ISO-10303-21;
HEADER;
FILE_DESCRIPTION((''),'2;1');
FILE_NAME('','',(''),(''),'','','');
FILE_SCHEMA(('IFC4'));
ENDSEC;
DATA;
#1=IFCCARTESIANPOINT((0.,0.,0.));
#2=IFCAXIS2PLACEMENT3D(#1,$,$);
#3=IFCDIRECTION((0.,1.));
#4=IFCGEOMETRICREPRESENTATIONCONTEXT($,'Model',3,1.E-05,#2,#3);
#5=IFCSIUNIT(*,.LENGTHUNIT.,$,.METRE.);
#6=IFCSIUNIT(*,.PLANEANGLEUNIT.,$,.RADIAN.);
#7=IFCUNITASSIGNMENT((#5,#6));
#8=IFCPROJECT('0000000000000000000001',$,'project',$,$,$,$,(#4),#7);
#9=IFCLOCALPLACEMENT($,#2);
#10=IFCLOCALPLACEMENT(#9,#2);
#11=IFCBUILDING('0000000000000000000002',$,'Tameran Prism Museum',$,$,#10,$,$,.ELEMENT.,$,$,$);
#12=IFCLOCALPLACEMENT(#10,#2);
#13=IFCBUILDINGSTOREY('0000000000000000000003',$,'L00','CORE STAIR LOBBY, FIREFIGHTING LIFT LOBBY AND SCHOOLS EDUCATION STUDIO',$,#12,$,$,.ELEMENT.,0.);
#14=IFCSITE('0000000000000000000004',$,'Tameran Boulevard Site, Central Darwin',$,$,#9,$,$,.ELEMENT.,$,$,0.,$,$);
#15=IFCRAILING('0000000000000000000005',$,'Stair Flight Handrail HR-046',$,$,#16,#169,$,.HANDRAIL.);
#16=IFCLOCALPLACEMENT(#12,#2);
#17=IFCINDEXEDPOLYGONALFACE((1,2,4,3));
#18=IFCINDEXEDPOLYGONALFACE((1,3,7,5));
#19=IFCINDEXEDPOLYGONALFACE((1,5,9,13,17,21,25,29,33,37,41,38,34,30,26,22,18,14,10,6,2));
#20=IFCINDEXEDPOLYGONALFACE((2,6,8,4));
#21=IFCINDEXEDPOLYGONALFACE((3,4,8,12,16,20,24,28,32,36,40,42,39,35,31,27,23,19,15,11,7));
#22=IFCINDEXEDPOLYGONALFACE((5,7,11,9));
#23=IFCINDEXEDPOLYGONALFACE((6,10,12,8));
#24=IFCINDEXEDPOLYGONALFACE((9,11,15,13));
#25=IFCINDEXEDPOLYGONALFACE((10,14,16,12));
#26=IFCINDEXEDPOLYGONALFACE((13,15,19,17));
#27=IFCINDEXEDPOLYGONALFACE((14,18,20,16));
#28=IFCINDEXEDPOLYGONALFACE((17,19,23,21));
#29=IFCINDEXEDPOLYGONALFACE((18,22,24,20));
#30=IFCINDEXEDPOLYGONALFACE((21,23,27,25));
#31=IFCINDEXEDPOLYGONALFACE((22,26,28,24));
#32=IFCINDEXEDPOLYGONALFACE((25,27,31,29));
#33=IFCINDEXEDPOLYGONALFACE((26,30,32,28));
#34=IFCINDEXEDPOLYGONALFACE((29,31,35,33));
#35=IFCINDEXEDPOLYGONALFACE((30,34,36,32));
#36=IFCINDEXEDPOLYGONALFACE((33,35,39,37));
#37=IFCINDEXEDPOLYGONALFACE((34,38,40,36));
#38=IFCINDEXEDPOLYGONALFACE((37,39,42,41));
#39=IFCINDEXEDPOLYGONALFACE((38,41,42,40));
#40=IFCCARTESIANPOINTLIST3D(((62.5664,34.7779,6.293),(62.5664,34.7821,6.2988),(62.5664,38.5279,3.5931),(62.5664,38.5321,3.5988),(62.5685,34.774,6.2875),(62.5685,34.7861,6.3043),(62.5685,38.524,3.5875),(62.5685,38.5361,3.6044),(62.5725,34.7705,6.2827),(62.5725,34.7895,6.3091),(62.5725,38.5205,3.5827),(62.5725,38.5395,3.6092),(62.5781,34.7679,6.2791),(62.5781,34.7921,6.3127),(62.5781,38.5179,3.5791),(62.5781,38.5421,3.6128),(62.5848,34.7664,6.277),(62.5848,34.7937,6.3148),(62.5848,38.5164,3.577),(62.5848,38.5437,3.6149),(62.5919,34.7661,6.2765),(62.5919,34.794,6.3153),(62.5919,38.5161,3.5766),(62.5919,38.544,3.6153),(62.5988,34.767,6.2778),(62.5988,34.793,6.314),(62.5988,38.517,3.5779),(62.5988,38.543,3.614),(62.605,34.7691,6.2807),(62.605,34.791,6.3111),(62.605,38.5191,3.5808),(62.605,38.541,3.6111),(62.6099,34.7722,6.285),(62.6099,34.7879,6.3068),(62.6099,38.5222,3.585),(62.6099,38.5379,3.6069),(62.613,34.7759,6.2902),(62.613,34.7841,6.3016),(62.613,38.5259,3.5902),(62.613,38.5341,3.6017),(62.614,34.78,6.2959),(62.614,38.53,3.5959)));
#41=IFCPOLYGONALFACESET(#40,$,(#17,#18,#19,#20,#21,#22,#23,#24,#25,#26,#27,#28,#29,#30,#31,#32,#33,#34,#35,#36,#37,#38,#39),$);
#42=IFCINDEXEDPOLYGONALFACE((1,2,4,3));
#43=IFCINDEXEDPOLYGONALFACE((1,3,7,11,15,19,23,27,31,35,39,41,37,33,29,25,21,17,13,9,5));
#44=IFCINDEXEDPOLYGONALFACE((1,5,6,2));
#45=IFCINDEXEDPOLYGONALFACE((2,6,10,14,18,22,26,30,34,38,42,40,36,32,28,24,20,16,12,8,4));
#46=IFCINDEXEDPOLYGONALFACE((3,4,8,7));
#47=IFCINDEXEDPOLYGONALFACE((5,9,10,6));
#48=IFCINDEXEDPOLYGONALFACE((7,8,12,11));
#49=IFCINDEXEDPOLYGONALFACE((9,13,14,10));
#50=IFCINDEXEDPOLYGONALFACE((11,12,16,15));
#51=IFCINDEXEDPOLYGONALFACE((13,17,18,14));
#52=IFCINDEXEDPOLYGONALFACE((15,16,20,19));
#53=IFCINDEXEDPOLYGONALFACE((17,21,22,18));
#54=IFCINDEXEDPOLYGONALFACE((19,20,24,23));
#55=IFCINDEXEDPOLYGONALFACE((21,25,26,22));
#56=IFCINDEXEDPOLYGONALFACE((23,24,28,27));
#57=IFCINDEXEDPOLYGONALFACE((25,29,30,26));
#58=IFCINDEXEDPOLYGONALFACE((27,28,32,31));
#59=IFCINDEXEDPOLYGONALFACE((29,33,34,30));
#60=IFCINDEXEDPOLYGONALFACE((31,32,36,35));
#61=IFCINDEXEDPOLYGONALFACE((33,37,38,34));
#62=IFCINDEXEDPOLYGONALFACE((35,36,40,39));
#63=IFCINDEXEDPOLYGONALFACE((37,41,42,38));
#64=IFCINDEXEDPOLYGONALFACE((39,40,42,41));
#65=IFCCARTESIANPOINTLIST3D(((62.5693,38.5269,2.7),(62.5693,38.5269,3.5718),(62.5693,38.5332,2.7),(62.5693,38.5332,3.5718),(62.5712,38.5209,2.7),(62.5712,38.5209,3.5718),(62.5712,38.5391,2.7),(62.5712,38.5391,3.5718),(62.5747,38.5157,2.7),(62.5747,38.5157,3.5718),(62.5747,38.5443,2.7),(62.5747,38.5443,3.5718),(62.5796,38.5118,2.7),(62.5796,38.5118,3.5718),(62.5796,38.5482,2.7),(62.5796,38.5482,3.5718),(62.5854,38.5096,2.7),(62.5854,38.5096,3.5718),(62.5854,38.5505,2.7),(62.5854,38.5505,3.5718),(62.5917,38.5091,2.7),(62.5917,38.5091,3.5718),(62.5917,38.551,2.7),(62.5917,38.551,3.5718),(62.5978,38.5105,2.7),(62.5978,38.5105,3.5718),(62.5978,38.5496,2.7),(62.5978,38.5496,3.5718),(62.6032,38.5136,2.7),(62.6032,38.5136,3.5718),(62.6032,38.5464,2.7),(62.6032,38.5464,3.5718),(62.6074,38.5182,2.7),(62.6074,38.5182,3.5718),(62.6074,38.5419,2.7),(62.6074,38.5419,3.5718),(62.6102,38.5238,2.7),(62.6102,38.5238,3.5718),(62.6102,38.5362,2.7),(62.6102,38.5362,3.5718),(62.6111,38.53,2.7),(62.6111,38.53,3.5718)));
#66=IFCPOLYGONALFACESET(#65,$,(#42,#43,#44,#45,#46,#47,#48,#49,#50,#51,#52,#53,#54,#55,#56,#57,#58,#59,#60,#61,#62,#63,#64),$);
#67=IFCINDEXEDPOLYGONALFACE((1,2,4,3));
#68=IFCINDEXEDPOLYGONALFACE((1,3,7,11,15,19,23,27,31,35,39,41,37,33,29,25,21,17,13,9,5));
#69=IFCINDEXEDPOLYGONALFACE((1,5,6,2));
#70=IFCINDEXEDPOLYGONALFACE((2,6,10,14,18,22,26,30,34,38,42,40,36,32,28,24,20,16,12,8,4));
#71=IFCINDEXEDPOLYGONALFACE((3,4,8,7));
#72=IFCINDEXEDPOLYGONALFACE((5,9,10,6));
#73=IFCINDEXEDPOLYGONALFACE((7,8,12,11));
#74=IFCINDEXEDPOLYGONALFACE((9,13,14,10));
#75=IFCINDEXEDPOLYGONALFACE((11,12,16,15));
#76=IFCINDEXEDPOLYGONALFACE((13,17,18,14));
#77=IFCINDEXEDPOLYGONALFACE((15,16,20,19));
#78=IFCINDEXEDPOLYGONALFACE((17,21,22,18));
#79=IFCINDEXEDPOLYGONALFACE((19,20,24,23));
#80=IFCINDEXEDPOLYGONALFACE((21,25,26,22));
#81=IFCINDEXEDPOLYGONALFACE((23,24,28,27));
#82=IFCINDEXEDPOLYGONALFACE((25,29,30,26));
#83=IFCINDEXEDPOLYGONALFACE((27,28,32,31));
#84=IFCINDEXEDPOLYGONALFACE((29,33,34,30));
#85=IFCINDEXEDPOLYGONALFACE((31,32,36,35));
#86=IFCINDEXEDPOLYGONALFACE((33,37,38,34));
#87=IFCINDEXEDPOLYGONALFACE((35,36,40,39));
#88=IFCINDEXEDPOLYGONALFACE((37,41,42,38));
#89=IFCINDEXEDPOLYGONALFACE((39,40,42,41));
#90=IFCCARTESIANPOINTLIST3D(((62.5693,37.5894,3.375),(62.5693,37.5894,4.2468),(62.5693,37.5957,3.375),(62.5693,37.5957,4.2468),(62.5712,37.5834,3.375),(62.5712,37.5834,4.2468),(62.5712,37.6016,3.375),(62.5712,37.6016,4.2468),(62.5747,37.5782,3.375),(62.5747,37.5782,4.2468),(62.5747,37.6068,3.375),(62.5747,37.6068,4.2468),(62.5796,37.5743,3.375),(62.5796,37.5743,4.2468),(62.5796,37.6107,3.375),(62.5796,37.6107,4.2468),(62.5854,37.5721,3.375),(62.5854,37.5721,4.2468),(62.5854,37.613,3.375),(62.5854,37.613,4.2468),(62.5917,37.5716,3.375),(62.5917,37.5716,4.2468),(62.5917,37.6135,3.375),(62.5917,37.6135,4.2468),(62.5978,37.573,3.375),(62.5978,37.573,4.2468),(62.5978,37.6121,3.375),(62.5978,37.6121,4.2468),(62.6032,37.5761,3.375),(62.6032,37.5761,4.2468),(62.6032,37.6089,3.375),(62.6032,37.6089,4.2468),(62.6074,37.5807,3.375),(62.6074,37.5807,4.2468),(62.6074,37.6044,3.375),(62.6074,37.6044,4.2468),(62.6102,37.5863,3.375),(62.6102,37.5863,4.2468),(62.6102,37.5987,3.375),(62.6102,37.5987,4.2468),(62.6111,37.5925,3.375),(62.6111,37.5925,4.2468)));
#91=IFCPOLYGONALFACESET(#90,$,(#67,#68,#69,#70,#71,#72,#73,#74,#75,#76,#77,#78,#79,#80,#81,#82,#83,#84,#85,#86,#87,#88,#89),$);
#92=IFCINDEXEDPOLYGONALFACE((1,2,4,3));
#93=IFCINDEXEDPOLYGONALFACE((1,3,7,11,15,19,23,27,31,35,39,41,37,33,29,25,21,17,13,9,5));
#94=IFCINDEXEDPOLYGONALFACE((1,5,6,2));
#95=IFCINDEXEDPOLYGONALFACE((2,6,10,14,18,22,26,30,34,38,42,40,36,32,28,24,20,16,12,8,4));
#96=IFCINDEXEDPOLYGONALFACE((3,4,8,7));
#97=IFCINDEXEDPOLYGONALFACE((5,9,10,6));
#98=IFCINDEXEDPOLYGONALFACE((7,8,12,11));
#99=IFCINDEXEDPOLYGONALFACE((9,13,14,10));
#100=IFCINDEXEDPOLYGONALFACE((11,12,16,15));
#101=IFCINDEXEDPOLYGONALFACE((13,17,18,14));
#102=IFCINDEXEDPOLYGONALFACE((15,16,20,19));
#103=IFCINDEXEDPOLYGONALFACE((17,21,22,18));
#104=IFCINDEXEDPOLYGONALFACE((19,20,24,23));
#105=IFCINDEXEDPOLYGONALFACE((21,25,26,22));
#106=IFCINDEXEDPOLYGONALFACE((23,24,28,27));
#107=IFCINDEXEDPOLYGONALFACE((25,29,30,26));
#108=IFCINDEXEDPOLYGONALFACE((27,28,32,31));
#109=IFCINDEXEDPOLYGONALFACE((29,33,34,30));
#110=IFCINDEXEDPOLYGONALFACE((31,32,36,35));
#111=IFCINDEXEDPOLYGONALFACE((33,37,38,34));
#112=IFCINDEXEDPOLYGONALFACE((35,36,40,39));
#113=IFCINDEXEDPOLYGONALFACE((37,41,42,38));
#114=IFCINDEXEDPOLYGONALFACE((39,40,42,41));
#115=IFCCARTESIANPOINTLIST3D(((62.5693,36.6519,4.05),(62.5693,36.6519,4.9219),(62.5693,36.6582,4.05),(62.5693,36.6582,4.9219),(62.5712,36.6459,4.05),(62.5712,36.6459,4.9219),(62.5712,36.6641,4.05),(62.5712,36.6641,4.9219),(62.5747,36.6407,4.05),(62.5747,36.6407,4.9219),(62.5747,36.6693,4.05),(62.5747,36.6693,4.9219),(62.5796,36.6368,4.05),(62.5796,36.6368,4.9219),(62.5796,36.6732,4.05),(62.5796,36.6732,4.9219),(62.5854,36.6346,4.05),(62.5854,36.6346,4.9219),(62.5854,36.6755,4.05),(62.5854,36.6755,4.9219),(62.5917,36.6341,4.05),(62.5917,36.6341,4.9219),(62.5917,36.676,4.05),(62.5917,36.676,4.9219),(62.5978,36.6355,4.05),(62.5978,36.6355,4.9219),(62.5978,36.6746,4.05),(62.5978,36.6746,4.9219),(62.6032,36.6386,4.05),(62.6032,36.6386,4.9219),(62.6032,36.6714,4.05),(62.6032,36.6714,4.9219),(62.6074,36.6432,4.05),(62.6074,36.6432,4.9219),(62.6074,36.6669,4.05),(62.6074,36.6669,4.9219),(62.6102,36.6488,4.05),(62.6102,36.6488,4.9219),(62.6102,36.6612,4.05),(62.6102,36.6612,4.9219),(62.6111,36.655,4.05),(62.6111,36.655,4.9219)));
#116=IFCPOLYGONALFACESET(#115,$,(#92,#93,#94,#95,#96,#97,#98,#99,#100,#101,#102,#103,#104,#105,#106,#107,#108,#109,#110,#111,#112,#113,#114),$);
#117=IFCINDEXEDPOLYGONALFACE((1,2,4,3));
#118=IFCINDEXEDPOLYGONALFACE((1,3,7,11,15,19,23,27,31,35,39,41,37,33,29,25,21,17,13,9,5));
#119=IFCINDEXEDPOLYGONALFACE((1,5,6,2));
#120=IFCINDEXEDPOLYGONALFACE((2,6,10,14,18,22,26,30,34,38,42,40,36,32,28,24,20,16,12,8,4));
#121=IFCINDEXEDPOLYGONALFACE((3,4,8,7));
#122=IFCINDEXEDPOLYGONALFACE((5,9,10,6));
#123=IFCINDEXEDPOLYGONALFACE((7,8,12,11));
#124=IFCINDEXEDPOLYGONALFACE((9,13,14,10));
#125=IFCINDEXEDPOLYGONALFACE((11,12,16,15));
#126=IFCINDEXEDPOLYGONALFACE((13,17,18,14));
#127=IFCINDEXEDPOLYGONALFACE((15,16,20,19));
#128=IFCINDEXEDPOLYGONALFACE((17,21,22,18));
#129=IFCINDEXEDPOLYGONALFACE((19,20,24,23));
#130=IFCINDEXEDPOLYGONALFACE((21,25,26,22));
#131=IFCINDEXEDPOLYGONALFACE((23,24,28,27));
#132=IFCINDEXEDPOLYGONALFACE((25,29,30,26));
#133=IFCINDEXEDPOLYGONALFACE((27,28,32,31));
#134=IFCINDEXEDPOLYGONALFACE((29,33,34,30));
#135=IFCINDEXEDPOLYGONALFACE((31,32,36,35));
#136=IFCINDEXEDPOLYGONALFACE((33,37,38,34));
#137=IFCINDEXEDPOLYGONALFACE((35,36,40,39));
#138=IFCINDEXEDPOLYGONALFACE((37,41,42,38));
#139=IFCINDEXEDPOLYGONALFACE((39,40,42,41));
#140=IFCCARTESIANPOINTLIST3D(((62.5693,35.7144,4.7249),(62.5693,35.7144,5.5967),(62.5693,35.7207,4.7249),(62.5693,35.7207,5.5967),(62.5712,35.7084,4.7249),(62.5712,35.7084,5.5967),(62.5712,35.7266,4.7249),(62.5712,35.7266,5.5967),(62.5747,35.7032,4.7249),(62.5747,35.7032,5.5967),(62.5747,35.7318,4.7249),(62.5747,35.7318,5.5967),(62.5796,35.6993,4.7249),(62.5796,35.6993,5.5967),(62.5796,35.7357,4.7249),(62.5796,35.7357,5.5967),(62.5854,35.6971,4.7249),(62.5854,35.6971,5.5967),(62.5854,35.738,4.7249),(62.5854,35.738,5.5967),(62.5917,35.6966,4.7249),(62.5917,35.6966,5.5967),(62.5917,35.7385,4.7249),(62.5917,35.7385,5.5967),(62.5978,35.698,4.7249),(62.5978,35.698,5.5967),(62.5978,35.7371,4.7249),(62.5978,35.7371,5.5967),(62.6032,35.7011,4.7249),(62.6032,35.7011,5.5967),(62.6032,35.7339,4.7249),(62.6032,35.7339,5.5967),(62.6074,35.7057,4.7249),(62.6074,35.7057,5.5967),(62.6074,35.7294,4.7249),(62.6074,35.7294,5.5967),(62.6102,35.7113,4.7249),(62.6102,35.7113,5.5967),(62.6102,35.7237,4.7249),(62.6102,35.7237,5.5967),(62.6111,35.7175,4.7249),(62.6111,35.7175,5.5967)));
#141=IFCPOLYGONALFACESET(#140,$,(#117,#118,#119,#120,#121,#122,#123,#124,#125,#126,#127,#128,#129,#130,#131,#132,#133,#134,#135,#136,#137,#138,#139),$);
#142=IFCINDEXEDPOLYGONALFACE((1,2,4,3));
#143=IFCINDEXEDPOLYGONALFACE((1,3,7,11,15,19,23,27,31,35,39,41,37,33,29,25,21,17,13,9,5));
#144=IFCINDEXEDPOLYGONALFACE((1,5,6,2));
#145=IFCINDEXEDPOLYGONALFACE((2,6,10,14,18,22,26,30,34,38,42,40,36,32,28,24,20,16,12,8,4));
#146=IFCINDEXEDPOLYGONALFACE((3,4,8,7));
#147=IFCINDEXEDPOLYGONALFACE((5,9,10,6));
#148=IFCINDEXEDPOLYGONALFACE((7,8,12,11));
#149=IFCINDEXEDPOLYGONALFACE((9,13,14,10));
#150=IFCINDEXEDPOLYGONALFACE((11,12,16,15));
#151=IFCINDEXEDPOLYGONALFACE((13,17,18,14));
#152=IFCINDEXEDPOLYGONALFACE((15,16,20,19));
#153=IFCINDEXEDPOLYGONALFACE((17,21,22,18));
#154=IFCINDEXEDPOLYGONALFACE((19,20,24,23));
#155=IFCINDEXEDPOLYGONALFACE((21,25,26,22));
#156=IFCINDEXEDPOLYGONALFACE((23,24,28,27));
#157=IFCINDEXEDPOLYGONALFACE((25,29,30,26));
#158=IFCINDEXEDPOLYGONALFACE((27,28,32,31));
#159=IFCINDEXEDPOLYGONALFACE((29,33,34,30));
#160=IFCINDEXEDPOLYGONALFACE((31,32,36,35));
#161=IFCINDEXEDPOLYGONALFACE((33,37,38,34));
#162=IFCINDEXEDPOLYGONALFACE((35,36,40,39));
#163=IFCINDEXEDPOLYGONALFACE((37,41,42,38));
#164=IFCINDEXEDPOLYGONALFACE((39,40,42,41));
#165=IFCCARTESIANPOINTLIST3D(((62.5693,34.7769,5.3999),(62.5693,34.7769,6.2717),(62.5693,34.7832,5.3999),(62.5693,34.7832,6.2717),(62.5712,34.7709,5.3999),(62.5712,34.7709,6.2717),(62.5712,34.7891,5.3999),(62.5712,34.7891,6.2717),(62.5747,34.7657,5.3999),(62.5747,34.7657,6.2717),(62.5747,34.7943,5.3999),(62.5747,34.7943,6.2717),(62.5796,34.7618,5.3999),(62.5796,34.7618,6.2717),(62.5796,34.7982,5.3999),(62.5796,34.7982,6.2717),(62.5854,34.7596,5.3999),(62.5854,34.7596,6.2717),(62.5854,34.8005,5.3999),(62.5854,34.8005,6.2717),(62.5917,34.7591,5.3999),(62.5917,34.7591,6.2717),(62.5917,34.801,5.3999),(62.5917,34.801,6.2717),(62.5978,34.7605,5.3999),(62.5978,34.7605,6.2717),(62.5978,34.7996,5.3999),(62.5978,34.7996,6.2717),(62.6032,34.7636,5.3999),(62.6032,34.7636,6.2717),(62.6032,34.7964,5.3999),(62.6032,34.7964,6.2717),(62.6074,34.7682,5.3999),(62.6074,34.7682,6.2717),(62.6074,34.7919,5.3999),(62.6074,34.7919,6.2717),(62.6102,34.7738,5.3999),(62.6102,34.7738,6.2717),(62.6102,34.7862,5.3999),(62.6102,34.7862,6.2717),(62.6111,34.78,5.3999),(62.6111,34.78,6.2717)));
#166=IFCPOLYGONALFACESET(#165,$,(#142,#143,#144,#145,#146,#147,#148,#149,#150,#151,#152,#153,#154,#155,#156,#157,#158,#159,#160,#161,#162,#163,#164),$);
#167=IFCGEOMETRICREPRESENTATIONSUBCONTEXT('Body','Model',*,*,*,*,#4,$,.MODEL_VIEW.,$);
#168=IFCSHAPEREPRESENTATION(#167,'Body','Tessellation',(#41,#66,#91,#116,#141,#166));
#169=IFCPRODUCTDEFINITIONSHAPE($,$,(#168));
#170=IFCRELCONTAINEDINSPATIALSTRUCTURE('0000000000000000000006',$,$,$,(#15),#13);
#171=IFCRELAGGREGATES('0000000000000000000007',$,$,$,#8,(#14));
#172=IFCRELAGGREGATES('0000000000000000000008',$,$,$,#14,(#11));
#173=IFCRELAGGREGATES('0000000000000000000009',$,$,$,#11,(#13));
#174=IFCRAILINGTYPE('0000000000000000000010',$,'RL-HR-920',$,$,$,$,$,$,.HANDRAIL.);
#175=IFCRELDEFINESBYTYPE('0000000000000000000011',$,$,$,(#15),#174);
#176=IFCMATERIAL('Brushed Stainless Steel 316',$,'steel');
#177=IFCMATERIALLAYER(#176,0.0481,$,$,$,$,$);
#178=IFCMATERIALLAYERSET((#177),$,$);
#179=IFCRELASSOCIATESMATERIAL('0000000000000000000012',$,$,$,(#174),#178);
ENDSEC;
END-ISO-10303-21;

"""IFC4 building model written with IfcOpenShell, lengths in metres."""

from ifc_helpers import new_model, si_unit, direction, frame, origin, origin_2d, place, context, subcontext, project, spatial, circle, extrude, material, layer, layer_set, type_object, element, save


model = new_model("IFC4")

# Units and contexts
model_context = context("Model", 3, precision=1e-05, world=origin(), true_north=direction((0.0, 1.0)))
body_context = subcontext(model_context, "Body", "Model", "MODEL_VIEW")
ifc_project = project(units=[si_unit("LENGTHUNIT", "METRE"), si_unit("PLANEANGLEUNIT", "RADIAN")], contexts=[model_context])

# Site, building, storey
site_placement = place(None, origin())
site = spatial("IfcSite", under=ifc_project, at=site_placement, Name="Tameran Boulevard Site, Central Darwin", CompositionType="ELEMENT", RefElevation=0.0)
building_placement = place(site_placement, origin())
building = spatial("IfcBuilding", under=site, at=building_placement, Name="Tameran Prism Museum", CompositionType="ELEMENT")
storey_placement = place(building_placement, origin())
storey = spatial("IfcBuildingStorey", under=building, at=storey_placement, Name="L00", Description="CORE STAIR LOBBY, FIREFIGHTING LIFT LOBBY AND SCHOOLS EDUCATION STUDIO", CompositionType="ELEMENT", Elevation=0.0)

# Railing
ifc_material_1 = material(Name="Brushed Stainless Steel 316", Category="steel")
ifc_layer_1 = layer(ifc_material_1, 0.0481)
ifc_layer_set_1 = layer_set([ifc_layer_1])
railing_type_1 = type_object("IfcRailingType", Name="RL-HR-920", PredefinedType="HANDRAIL", material=ifc_layer_set_1)
railing_1_placement = place(storey_placement, frame((62.5901, 38.53, 2.7)))
element("IfcRailing", 1, at=railing_1_placement, inside=storey, type_object=railing_type_1, Name="Stair Flight Handrail HR-046", PredefinedType="HANDRAIL", context=body_context, shape_type="SweptSolid", body=[
    extrude(circle(Radius=0.0239, at=origin_2d()), frame((0.0, 0.0, 0.896), z_axis=(0.0, -0.811539, 0.584298), x_axis=(1.0, 0.0, 0.0)), (0.0, 0.0, 1.0), 4.6208),
    extrude(circle(Radius=0.021, at=origin_2d()), origin(), (0.0, 0.0, 1.0), 0.8718),
    extrude(circle(Radius=0.021, at=origin_2d()), frame((0.0, -0.9375, 0.675)), (0.0, 0.0, 1.0), 0.8718),
    extrude(circle(Radius=0.021, at=origin_2d()), frame((0.0, -1.875, 1.3501)), (0.0, 0.0, 1.0), 0.8718),
    extrude(circle(Radius=0.021, at=origin_2d()), frame((0.0, -2.8125, 2.0249)), (0.0, 0.0, 1.0), 0.8718),
    extrude(circle(Radius=0.021, at=origin_2d()), frame((0.0, -3.75, 2.7)), (0.0, 0.0, 1.0), 0.8718),
])

save(model, "model.ifc")
